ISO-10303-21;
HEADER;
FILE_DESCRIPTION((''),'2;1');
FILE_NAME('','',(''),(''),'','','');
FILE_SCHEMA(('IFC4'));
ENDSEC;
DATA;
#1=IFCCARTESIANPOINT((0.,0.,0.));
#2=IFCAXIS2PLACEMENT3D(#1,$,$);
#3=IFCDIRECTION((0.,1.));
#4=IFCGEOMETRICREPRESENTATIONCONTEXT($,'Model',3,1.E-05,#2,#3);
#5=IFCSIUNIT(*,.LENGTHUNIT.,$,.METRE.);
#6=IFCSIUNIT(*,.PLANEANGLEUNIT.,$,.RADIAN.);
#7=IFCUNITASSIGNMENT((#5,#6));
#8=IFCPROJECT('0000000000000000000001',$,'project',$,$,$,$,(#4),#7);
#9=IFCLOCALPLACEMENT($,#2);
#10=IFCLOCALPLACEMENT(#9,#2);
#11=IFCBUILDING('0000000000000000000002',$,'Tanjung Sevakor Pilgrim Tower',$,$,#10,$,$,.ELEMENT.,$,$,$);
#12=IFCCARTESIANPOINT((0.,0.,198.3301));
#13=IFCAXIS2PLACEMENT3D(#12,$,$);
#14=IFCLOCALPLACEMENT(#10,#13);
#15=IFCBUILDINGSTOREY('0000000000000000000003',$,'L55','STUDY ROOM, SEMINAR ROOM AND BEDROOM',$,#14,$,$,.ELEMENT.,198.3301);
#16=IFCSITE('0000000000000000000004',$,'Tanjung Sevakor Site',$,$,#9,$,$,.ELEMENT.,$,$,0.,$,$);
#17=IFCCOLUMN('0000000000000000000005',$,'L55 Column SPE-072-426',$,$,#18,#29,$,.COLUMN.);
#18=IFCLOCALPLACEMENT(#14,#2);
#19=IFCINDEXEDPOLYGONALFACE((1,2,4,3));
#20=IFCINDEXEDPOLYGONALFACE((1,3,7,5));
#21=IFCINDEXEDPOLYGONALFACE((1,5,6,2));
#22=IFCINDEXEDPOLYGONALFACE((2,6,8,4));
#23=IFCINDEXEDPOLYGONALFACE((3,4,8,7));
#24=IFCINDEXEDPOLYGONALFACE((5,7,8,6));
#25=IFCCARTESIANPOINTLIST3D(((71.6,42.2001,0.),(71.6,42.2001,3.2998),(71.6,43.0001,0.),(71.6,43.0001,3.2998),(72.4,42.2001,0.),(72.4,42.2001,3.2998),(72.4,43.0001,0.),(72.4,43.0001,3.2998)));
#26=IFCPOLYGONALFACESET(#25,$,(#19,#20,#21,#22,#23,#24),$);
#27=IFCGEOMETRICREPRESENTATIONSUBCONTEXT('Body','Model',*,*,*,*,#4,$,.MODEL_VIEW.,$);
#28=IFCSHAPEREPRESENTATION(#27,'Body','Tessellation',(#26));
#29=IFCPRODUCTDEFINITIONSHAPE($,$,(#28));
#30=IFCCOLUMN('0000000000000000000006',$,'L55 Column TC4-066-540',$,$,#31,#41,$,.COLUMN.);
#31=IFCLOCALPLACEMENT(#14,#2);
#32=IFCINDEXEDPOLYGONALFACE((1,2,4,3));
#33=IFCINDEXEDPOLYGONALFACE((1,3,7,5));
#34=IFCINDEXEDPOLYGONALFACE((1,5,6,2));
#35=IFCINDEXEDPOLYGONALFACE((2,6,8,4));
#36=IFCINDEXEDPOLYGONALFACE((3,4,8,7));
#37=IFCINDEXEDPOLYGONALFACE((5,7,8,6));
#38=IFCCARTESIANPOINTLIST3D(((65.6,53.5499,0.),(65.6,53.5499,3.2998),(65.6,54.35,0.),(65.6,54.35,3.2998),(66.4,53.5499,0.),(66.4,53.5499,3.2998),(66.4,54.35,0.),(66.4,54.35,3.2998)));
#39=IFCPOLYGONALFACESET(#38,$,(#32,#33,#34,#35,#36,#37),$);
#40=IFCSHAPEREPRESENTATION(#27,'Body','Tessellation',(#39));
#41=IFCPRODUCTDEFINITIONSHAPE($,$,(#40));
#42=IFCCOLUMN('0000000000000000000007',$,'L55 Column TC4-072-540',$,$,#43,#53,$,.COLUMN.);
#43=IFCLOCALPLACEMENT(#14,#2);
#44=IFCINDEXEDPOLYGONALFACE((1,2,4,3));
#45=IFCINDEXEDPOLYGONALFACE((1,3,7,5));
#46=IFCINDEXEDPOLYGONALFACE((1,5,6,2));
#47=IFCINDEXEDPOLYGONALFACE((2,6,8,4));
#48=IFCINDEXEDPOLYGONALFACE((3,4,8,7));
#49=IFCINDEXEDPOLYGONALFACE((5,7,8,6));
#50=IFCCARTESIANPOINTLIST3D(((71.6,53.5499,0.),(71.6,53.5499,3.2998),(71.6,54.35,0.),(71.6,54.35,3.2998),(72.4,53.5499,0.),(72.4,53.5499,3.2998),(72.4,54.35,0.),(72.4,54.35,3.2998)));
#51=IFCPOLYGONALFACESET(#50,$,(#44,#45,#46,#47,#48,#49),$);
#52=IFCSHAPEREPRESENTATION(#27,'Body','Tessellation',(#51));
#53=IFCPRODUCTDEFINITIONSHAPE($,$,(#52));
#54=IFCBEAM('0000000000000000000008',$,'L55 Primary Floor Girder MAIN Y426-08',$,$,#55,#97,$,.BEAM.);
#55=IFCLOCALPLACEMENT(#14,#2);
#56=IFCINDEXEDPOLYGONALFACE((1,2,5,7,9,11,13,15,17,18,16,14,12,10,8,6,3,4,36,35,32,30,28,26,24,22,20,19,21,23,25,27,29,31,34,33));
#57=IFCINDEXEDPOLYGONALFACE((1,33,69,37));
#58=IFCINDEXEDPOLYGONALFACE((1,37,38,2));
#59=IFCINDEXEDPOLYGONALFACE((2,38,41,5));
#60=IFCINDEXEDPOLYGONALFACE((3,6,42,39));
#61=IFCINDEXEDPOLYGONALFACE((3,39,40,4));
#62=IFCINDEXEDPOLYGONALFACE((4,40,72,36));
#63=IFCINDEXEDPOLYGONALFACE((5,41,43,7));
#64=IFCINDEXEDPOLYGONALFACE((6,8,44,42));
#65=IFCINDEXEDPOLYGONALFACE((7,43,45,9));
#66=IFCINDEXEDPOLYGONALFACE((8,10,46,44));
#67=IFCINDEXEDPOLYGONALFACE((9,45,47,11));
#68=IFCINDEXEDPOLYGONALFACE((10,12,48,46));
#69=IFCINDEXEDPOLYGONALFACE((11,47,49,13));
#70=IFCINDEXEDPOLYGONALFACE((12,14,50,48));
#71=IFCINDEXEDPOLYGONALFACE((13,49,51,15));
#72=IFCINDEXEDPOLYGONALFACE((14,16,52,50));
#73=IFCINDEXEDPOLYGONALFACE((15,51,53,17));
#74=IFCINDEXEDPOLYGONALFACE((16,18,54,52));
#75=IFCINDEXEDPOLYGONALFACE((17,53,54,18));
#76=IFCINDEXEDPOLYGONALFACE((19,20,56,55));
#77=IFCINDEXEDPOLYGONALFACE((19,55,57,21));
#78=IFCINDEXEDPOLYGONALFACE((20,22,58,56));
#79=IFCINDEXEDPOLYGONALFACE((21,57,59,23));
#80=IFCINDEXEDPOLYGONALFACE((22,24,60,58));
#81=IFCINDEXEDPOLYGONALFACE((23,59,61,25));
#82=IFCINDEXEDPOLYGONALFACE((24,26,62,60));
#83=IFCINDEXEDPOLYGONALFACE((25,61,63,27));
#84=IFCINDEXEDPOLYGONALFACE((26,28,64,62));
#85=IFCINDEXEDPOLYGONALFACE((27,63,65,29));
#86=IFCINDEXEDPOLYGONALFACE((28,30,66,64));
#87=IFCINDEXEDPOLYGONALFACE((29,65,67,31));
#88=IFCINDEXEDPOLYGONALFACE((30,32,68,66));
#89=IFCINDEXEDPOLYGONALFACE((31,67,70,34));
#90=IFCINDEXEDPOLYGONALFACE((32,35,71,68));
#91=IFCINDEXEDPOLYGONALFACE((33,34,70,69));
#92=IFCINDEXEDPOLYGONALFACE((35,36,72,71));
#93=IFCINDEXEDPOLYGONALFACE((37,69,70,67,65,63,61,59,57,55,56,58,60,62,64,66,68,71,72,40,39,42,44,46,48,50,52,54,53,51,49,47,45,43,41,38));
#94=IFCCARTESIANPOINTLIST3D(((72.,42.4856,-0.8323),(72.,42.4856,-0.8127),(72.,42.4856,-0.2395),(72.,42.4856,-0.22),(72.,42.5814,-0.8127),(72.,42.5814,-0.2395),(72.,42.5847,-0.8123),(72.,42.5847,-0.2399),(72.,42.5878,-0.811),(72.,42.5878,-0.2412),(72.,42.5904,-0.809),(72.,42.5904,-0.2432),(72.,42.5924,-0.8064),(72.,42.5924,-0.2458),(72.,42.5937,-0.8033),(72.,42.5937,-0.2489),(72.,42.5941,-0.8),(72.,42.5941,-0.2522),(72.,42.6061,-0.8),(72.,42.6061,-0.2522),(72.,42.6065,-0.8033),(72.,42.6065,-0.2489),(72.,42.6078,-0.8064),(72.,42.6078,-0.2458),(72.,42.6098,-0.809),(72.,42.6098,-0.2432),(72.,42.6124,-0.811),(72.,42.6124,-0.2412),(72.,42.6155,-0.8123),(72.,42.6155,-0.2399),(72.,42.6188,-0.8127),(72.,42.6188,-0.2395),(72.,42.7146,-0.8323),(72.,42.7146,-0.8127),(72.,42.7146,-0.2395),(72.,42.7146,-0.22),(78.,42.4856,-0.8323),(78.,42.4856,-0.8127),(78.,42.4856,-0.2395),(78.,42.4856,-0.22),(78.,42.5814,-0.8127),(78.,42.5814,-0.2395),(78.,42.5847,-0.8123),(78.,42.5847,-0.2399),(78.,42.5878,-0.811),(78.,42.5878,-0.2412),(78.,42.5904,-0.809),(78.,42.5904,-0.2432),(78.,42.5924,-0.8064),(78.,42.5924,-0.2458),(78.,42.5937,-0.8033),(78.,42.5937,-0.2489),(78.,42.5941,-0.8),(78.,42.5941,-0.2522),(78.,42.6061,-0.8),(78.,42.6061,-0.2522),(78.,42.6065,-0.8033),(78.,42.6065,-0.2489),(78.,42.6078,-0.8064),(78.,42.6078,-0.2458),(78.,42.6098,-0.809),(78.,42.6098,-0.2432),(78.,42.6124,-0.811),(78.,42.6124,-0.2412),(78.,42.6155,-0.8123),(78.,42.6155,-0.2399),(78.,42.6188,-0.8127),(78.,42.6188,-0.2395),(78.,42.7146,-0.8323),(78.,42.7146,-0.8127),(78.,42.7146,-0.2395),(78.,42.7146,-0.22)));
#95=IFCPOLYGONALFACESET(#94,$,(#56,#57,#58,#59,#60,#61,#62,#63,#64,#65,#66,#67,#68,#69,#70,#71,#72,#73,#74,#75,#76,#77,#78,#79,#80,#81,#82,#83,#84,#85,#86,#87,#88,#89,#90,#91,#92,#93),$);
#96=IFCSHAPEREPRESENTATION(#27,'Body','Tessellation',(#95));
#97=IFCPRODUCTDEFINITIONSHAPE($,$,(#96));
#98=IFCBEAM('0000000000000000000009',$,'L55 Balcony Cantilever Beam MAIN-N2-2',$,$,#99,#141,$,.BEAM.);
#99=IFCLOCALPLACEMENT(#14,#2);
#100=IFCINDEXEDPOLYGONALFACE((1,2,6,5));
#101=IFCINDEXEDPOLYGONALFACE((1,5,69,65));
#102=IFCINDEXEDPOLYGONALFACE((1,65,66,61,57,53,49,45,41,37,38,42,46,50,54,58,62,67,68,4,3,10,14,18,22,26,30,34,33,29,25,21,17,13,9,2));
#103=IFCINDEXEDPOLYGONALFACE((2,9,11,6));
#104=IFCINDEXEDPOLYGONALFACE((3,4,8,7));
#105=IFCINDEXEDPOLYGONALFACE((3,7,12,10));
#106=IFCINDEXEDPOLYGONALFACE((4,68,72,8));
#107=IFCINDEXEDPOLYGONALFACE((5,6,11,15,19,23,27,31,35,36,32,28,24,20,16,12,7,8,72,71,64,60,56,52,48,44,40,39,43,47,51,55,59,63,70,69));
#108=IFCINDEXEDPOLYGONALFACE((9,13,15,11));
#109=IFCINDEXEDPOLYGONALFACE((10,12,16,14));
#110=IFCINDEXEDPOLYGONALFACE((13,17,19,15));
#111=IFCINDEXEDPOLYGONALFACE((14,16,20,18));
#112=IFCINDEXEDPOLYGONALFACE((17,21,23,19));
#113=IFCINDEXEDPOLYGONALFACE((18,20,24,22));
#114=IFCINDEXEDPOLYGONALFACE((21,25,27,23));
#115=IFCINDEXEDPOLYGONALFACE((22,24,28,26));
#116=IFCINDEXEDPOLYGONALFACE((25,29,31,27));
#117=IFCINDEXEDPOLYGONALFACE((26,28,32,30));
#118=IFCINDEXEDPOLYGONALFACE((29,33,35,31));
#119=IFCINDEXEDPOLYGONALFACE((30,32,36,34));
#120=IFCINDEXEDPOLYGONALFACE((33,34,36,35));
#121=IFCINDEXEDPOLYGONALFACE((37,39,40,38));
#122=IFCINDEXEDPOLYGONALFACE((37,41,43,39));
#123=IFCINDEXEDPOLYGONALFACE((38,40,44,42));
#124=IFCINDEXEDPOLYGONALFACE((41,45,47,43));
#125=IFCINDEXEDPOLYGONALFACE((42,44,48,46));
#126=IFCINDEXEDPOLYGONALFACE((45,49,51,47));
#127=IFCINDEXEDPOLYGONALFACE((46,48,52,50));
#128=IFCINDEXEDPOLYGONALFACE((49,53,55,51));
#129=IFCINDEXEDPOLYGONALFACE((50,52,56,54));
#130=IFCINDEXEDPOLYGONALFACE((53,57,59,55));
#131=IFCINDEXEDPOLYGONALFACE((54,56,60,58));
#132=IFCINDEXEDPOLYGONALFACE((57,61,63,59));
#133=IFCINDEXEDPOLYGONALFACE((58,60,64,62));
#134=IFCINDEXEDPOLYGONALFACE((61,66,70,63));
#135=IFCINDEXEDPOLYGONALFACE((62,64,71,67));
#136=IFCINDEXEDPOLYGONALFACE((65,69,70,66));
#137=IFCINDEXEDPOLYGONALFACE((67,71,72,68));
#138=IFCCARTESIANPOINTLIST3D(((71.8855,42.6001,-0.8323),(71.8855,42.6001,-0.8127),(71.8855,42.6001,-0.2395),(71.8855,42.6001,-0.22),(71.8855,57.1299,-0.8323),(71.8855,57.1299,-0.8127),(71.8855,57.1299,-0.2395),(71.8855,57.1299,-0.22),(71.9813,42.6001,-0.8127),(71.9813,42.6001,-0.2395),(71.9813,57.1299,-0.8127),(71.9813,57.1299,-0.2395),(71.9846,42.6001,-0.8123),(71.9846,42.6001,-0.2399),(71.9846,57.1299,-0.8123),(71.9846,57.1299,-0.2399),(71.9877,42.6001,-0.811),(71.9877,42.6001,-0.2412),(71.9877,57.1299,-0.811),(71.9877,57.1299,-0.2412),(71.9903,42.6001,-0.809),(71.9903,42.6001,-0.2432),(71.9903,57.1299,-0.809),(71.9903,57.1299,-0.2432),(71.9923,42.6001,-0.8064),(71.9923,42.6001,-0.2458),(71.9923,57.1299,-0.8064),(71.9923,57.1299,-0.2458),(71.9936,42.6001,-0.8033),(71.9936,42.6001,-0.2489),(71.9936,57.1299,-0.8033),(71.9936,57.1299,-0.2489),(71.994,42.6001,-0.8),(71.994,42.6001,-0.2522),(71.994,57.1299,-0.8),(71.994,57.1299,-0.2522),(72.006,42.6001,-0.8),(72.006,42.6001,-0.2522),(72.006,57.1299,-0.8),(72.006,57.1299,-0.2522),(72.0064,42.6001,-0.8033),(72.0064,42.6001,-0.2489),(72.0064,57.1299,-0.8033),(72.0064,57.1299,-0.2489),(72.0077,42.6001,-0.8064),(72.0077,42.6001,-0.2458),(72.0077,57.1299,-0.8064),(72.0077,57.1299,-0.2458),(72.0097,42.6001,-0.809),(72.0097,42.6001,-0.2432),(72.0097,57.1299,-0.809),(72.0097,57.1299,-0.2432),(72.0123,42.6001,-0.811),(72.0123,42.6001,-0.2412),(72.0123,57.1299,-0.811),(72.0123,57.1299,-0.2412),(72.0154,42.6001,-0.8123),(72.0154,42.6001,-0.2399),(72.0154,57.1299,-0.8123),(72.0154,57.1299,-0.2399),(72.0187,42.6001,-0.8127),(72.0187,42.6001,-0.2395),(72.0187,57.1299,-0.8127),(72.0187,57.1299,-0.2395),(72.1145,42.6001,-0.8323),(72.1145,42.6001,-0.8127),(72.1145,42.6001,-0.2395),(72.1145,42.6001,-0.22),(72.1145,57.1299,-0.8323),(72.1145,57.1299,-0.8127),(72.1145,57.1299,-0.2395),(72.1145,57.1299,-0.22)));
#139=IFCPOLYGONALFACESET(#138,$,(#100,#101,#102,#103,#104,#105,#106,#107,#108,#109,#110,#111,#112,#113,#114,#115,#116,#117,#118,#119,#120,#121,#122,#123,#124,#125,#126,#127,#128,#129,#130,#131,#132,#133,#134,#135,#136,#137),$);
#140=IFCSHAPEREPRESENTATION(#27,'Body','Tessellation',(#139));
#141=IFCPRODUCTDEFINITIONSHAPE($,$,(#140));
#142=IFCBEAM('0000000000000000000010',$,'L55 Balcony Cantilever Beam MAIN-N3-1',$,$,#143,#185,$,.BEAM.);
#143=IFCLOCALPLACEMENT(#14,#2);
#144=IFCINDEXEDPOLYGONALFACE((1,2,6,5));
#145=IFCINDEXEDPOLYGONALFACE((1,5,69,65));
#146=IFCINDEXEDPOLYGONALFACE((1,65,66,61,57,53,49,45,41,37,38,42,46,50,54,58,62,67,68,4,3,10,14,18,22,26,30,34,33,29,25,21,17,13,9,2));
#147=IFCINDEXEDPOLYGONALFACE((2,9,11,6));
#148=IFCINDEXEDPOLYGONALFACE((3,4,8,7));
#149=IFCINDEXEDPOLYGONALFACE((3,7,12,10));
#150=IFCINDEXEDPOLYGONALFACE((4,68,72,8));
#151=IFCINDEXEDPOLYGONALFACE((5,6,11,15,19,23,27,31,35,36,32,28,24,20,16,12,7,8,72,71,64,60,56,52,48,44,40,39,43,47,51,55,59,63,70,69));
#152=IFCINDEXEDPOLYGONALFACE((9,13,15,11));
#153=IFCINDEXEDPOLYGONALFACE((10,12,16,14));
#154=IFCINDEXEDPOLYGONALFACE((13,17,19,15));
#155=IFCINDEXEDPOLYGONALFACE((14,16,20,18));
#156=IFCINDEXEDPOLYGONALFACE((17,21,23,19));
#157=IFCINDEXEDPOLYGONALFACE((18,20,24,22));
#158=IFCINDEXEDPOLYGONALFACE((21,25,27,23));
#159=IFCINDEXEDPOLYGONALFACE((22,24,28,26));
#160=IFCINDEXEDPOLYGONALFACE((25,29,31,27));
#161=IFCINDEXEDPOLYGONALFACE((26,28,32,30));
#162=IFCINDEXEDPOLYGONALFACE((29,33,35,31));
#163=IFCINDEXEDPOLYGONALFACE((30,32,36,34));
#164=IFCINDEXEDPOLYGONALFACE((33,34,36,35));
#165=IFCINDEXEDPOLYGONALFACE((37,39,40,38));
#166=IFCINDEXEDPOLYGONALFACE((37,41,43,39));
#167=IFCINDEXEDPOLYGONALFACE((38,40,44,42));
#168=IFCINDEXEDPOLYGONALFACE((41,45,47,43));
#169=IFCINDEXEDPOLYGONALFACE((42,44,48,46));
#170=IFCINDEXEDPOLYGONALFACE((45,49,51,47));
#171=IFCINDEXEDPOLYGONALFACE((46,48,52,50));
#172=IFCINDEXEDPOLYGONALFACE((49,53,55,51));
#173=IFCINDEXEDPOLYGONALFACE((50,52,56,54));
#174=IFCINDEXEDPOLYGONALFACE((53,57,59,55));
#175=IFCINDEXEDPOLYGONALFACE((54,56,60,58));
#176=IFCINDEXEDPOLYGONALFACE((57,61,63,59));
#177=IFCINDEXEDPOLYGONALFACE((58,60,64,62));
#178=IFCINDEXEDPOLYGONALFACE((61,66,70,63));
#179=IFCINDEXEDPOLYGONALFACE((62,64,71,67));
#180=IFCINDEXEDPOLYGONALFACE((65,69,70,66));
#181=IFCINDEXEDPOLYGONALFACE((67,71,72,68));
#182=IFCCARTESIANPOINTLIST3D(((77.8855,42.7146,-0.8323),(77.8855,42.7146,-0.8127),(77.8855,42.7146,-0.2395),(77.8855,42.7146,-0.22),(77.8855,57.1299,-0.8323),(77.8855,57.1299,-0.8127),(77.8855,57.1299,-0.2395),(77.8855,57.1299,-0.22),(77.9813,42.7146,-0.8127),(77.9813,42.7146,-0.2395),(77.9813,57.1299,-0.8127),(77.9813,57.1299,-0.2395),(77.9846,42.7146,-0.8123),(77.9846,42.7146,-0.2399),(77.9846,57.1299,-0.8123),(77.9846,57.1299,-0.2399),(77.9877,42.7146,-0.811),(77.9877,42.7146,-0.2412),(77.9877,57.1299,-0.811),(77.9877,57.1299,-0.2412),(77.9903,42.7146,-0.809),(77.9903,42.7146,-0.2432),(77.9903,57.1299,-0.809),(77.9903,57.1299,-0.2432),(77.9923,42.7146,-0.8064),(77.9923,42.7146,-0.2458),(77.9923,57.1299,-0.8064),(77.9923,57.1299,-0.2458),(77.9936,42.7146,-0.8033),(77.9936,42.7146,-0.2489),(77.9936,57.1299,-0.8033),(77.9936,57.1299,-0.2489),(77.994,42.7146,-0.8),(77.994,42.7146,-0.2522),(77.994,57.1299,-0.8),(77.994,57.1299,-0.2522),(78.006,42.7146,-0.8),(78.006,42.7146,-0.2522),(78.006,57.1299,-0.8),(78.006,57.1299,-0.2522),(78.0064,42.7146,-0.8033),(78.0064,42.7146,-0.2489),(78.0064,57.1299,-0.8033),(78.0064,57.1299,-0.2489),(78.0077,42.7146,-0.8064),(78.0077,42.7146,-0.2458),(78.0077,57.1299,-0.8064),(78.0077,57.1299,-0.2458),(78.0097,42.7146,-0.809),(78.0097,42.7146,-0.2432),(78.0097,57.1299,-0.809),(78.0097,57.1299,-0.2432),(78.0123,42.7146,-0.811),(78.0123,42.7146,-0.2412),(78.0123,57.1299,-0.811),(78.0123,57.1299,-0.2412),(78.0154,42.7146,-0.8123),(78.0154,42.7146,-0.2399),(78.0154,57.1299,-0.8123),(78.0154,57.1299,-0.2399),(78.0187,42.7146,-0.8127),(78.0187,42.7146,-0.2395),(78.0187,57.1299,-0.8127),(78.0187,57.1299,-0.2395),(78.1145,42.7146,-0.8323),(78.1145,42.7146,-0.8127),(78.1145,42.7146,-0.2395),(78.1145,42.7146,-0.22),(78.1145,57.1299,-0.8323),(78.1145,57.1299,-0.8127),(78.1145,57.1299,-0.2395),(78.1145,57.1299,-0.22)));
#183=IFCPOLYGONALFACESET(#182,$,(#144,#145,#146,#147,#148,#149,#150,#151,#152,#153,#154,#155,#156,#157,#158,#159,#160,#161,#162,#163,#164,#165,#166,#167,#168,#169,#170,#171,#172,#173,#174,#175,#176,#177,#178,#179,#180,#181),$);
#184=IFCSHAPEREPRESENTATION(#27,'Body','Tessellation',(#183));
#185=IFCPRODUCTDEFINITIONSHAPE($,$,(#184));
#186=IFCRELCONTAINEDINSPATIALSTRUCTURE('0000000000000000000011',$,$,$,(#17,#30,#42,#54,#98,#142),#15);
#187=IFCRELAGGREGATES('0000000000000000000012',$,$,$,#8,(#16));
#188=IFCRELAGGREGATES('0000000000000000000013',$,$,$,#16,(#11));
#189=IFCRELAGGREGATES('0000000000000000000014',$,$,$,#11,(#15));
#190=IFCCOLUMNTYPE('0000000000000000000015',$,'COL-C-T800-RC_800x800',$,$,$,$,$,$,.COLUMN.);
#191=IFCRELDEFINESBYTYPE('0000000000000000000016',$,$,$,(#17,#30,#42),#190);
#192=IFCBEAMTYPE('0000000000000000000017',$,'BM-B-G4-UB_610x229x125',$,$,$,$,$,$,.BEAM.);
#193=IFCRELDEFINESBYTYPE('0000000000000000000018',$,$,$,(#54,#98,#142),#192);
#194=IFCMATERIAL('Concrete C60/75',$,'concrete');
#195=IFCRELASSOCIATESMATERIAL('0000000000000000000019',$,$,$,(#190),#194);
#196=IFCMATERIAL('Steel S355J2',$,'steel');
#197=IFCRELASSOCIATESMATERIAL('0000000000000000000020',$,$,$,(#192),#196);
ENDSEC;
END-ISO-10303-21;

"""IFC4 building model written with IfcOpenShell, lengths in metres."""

from ifc_helpers import new_model, si_unit, direction, frame, origin, origin_2d, place, context, subcontext, project, spatial, rectangle, i_section, extrude, material, material_profile, profile_set, type_object, element, save


model = new_model("IFC4")

# Units and contexts
model_context = context("Model", 3, precision=1e-05, world=origin(), true_north=direction((0.0, 1.0)))
body_context = subcontext(model_context, "Body", "Model", "MODEL_VIEW")
ifc_project = project(units=[si_unit("LENGTHUNIT", "METRE"), si_unit("PLANEANGLEUNIT", "RADIAN")], contexts=[model_context])

# Site, building, storey
site_placement = place(None, origin())
site = spatial("IfcSite", under=ifc_project, at=site_placement, Name="Tanjung Sevakor Site", CompositionType="ELEMENT", RefElevation=0.0)
building_placement = place(site_placement, origin())
building = spatial("IfcBuilding", under=site, at=building_placement, Name="Tanjung Sevakor Pilgrim Tower", CompositionType="ELEMENT")
storey_placement = place(building_placement, frame((0.0, 0.0, 198.3301)))
storey = spatial("IfcBuildingStorey", under=building, at=storey_placement, Name="L55", Description="STUDY ROOM, SEMINAR ROOM AND BEDROOM", CompositionType="ELEMENT", Elevation=198.3301)

# Columns
ifc_material_1 = material(Name="Concrete C60/75", Category="concrete")
ifc_material_profile_1 = material_profile(ifc_material_1, rectangle(XDim=0.8, YDim=0.8, at=origin_2d()))
ifc_profile_set_1 = profile_set([ifc_material_profile_1], Name="Concrete C60/75")
column_type = type_object("IfcColumnType", Name="COL-C-T800-RC_800x800", PredefinedType="COLUMN", material=ifc_profile_set_1)
for number, where, z_axis, x_axis, name in (
    (1, (72.0, 42.6001, 0.0), (0.0, 0.0, 1.0), (1.0, 0.0, 0.0), "L55 Column SPE-072-426"),
    (2, (66.0, 53.95, 0.0), (0.0, 0.0, 1.0), (1.0, 0.0, 0.0), "L55 Column TC4-066-540"),
    (3, (72.0, 53.95, 0.0), (0.0, 0.0, 1.0), (1.0, 0.0, 0.0), "L55 Column TC4-072-540"),
):
    element("IfcColumn", number, at=place(storey_placement, frame(where, z_axis=z_axis, x_axis=x_axis)), inside=storey, type_object=column_type, Name=name, PredefinedType="COLUMN", context=body_context, shape_type="SweptSolid", body=[
        extrude(rectangle(XDim=0.8, YDim=0.8, at=origin_2d()), origin(), (0.0, 0.0, 1.0), 3.2998),
    ])

# Beams
ifc_material_2 = material(Name="Steel S355J2", Category="steel")
ifc_material_profile_2 = material_profile(ifc_material_2, i_section(OverallWidth=0.229, OverallDepth=0.6123, WebThickness=0.012, FlangeThickness=0.0195, FilletRadius=0.0127, at=origin_2d()))
ifc_profile_set_2 = profile_set([ifc_material_profile_2], Name="Steel S355J2")
beam_type_1 = type_object("IfcBeamType", Name="BM-B-G4-UB_610x229x125", PredefinedType="BEAM", material=ifc_profile_set_2)
beam_1_placement = place(storey_placement, frame((72.0, 42.6001, -0.5261), z_axis=(1.0, 0.0, 0.0), x_axis=(0.0, 1.0, 0.0)))
element("IfcBeam", 4, at=beam_1_placement, inside=storey, type_object=beam_type_1, Name="L55 Primary Floor Girder MAIN Y426-08", PredefinedType="BEAM", context=body_context, shape_type="SweptSolid", body=[
    extrude(i_section(OverallWidth=0.229, OverallDepth=0.6123, WebThickness=0.012, FlangeThickness=0.0195, FilletRadius=0.0127, at=origin_2d()), origin(), (0.0, 0.0, 1.0), 6.0),
])
beam_2_placement = place(storey_placement, frame((72.0, 42.6001, -0.5261), z_axis=(0.0, 1.0, 0.0), x_axis=(-1.0, 0.0, 0.0)))
element("IfcBeam", 5, at=beam_2_placement, inside=storey, type_object=beam_type_1, Name="L55 Balcony Cantilever Beam MAIN-N2-2", PredefinedType="BEAM", context=body_context, shape_type="SweptSolid", body=[
    extrude(i_section(OverallWidth=0.229, OverallDepth=0.6123, WebThickness=0.012, FlangeThickness=0.0195, FilletRadius=0.0127, at=origin_2d()), origin(), (0.0, 0.0, 1.0), 14.5298),
])
beam_3_placement = place(storey_placement, frame((78.0, 42.7146, -0.5261), z_axis=(0.0, 1.0, 0.0), x_axis=(-1.0, 0.0, 0.0)))
element("IfcBeam", 6, at=beam_3_placement, inside=storey, type_object=beam_type_1, Name="L55 Balcony Cantilever Beam MAIN-N3-1", PredefinedType="BEAM", context=body_context, shape_type="SweptSolid", body=[
    extrude(i_section(OverallWidth=0.229, OverallDepth=0.6123, WebThickness=0.012, FlangeThickness=0.0195, FilletRadius=0.0127, at=origin_2d()), origin(), (0.0, 0.0, 1.0), 14.4153),
])

save(model, "model.ifc")
